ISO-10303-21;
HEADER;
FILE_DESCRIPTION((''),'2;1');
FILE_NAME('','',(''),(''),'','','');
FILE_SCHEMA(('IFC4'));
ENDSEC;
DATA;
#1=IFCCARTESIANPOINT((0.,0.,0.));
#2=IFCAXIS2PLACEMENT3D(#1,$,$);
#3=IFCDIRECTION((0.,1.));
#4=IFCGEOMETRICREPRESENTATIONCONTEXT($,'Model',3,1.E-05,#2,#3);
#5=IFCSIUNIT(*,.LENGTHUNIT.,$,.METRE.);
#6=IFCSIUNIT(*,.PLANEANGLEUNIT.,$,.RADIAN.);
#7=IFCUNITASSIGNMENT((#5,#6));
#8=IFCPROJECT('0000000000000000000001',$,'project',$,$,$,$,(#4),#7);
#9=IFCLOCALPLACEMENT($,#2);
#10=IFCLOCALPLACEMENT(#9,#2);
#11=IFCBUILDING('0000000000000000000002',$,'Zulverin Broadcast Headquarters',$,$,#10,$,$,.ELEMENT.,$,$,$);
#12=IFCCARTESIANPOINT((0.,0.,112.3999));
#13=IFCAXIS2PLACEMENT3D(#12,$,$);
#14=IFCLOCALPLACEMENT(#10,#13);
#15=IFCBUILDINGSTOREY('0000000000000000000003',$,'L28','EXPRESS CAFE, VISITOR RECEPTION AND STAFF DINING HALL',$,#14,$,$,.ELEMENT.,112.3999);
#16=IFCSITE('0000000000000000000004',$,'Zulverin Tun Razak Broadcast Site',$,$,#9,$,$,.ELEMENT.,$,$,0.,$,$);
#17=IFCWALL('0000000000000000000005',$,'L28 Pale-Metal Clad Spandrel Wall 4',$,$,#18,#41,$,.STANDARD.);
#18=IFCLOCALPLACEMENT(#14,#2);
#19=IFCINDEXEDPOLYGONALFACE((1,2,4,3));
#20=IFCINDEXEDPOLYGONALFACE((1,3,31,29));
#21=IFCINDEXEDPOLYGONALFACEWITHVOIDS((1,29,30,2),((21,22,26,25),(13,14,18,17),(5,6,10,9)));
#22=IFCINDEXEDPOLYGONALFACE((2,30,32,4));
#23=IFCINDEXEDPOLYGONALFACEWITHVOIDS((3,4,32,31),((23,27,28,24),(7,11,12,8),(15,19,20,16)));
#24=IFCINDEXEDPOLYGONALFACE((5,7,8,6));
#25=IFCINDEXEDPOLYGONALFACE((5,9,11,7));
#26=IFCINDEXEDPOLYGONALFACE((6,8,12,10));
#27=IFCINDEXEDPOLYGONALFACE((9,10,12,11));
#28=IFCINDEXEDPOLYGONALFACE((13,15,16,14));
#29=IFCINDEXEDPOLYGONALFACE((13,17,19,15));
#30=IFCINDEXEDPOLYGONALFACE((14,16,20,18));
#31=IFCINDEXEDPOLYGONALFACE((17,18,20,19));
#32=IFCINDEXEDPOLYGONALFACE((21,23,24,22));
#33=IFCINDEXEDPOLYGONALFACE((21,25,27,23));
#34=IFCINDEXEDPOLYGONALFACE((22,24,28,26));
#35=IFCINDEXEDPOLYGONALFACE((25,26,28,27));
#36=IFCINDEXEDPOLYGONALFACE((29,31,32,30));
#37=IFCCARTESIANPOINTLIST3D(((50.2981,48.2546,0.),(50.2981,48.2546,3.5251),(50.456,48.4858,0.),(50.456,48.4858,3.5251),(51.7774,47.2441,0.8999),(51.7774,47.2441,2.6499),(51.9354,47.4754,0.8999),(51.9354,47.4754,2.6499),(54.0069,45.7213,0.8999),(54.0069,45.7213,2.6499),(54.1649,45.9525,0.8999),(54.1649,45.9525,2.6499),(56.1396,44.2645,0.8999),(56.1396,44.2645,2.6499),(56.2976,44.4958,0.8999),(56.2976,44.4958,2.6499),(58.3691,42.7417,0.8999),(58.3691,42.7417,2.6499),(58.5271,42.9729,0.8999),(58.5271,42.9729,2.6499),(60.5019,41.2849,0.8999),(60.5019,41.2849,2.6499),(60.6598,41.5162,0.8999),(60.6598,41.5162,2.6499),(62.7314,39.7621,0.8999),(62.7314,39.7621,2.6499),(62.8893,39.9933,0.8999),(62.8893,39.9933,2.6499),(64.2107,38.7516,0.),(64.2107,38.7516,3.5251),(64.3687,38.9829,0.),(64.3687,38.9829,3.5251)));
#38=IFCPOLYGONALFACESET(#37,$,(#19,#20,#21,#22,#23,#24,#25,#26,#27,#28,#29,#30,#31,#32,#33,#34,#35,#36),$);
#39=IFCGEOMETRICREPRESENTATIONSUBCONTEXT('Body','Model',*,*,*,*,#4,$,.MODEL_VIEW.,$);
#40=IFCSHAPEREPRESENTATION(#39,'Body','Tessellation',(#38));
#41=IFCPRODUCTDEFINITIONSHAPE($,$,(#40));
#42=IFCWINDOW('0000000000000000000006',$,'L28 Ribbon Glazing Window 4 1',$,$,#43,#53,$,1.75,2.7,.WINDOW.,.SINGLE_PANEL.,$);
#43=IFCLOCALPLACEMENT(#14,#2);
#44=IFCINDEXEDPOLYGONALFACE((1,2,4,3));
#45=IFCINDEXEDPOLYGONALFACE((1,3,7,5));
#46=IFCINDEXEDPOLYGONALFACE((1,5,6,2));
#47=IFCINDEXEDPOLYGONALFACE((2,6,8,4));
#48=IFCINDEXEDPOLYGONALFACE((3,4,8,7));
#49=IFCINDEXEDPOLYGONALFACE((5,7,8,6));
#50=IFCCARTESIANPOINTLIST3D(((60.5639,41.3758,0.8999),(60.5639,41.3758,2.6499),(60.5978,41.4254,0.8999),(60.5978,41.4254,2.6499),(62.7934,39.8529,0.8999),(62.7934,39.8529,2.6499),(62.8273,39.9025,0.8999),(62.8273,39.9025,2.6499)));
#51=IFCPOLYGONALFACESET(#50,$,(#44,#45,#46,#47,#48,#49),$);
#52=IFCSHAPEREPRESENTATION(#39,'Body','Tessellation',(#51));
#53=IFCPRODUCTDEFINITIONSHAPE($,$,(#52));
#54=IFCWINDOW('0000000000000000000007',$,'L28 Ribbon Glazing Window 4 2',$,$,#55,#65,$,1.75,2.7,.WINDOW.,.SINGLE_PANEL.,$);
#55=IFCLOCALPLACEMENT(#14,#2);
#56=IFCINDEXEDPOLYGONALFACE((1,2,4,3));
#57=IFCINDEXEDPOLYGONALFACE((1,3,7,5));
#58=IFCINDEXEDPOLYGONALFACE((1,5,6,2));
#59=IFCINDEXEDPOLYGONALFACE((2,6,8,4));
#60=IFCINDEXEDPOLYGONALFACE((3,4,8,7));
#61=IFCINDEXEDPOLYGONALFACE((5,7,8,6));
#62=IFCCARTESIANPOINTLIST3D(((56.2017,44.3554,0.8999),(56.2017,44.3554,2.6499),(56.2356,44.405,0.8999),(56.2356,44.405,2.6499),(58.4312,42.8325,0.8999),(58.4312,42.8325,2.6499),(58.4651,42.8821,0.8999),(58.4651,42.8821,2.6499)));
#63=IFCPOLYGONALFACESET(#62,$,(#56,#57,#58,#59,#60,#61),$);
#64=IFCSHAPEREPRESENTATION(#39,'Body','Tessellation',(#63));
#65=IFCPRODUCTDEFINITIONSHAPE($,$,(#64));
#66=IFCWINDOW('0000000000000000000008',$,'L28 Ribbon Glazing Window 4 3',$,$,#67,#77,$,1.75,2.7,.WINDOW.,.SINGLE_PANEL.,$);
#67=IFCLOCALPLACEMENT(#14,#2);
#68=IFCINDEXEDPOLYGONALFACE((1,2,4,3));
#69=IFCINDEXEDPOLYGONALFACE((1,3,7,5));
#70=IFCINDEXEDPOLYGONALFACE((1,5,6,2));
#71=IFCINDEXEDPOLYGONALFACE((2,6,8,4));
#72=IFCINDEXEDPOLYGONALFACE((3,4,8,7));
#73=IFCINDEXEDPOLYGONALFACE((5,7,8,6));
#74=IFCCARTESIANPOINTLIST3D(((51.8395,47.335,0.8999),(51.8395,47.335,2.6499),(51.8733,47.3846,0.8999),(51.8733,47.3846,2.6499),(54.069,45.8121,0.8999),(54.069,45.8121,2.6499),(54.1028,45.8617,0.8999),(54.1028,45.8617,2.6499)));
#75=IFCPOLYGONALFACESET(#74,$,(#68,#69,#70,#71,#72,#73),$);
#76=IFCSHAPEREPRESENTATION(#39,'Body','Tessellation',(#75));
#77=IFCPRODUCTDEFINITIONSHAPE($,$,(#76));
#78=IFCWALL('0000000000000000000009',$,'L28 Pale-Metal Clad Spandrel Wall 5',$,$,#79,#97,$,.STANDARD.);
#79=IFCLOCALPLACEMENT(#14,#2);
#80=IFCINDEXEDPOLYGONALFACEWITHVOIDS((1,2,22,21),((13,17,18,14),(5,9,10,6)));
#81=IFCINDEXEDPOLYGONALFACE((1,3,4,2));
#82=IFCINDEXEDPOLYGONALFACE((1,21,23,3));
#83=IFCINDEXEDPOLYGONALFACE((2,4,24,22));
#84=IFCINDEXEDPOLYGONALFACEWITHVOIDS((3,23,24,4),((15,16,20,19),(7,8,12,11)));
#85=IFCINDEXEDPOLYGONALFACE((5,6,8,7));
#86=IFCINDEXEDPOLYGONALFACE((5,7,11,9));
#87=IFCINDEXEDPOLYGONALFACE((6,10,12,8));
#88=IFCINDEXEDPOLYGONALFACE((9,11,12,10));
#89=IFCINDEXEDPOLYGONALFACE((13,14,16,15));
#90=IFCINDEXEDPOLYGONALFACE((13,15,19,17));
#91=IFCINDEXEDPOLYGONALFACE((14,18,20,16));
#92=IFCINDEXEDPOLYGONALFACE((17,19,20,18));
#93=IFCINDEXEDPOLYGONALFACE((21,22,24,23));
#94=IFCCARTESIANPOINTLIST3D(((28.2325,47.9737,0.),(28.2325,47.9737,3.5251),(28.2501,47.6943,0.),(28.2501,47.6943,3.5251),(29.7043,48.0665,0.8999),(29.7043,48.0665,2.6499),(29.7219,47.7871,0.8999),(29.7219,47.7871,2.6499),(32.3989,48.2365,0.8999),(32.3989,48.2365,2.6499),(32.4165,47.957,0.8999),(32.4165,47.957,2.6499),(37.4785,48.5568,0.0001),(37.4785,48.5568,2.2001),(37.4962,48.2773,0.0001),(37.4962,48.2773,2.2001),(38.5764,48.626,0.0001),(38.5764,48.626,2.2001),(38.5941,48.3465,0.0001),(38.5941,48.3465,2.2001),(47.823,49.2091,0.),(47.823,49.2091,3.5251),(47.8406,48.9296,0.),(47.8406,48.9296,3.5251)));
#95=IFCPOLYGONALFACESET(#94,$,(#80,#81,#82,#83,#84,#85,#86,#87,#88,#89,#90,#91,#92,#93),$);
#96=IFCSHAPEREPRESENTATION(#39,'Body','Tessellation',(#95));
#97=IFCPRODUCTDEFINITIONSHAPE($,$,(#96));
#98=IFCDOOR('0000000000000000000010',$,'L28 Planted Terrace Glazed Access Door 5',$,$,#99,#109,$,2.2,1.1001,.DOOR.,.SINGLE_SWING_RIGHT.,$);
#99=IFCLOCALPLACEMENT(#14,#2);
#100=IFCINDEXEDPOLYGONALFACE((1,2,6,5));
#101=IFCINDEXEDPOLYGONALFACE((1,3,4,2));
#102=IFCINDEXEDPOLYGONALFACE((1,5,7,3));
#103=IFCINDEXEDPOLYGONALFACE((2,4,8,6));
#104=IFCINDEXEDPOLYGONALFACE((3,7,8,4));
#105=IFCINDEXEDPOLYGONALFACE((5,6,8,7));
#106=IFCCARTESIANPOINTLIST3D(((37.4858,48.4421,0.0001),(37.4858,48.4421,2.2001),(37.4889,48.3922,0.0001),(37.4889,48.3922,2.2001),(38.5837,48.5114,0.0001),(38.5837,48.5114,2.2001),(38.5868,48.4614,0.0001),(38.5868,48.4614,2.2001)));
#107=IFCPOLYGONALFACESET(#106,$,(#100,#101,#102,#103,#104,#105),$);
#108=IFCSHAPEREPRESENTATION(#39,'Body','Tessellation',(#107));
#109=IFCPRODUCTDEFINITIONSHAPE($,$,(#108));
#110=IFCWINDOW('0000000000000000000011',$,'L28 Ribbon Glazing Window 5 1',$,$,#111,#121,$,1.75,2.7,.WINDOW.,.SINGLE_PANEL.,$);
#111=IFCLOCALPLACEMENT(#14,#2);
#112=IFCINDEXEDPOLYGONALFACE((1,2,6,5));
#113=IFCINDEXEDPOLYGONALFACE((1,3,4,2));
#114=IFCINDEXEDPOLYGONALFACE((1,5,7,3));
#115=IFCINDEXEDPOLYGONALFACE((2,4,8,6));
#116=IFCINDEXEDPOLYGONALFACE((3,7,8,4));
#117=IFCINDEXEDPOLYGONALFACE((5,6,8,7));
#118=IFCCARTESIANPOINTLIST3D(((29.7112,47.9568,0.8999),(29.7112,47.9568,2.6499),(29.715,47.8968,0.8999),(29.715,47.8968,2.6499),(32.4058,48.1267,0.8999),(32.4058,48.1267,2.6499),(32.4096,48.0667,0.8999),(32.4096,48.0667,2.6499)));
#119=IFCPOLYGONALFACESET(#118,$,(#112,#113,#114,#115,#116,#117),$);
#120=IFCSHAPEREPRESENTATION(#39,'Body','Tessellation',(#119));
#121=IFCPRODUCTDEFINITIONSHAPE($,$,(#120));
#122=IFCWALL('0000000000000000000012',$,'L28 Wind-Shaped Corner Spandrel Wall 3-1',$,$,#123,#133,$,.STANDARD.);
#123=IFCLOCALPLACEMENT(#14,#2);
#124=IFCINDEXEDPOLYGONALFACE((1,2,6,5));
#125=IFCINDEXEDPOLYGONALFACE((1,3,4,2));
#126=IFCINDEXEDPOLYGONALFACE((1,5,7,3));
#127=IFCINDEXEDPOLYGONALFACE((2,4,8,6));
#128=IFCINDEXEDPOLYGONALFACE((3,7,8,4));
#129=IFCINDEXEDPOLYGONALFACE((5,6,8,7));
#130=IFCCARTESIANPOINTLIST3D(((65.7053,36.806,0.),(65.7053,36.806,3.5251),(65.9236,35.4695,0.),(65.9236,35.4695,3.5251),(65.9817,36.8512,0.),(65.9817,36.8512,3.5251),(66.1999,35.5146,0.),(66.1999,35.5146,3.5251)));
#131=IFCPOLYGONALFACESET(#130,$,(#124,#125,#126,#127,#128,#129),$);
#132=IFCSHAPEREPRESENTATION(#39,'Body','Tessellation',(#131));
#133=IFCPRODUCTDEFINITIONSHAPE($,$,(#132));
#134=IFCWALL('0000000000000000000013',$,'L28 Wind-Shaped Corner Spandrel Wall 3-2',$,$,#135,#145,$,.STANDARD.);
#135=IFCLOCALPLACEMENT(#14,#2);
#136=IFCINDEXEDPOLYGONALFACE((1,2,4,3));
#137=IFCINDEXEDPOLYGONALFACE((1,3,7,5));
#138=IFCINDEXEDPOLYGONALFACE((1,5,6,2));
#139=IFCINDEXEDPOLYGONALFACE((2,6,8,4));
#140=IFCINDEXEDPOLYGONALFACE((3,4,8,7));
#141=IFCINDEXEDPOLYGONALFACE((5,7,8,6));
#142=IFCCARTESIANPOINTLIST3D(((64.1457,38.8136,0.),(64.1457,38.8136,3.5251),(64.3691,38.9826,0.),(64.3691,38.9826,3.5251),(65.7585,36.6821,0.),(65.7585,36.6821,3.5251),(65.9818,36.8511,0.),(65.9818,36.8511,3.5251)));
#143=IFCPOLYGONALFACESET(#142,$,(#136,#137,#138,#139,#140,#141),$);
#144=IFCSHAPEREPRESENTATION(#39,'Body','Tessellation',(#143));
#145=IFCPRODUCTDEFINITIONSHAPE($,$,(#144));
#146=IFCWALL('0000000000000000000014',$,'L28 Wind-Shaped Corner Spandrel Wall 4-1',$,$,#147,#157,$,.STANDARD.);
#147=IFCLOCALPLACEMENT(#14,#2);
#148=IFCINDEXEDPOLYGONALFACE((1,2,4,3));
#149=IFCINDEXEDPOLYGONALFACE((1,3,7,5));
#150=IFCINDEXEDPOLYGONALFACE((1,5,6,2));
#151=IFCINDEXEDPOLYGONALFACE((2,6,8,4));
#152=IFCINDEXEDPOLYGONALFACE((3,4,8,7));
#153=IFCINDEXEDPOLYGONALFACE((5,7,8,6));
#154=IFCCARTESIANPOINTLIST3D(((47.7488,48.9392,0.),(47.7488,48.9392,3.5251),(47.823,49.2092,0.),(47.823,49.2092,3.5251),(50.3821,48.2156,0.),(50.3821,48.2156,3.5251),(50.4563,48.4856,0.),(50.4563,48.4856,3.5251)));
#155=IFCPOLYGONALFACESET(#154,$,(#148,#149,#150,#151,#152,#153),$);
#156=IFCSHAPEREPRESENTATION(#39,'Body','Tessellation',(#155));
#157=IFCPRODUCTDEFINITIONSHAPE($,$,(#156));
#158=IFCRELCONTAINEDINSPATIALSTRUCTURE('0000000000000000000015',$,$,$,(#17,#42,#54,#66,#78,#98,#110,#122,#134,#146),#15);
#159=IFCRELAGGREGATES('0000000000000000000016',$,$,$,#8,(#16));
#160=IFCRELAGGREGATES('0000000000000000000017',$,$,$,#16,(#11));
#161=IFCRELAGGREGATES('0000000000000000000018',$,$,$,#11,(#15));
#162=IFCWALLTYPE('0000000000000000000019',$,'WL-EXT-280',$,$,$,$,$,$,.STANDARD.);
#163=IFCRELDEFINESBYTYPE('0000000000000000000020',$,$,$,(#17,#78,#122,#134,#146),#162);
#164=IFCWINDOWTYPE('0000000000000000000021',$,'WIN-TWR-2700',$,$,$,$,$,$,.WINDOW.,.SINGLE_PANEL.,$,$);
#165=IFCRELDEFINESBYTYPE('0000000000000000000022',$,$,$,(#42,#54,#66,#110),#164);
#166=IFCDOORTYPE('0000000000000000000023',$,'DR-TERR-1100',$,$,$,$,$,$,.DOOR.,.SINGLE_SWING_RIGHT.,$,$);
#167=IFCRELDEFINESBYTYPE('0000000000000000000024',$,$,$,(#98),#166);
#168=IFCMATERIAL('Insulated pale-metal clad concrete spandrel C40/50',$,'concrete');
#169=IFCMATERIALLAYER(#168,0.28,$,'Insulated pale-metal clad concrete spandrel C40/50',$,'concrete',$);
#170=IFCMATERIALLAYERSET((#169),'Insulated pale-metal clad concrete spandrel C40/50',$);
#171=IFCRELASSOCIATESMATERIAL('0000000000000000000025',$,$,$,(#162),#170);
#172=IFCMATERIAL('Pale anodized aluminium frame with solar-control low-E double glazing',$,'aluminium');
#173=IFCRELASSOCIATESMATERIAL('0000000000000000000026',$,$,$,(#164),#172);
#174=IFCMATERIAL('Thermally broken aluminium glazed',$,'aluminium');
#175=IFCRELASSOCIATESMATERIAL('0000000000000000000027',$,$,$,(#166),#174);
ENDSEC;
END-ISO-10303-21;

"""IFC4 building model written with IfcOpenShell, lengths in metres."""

from ifc_helpers import new_model, si_unit, direction, frame, frame_2d, origin, place, context, subcontext, project, spatial, rectangle, extrude, material, layer, layer_set, type_object, element, fill, save


model = new_model("IFC4")

# Units and contexts
model_context = context("Model", 3, precision=1e-05, world=origin(), true_north=direction((0.0, 1.0)))
body_context = subcontext(model_context, "Body", "Model", "MODEL_VIEW")
ifc_project = project(units=[si_unit("LENGTHUNIT", "METRE"), si_unit("PLANEANGLEUNIT", "RADIAN")], contexts=[model_context])

# Site, building, storey
site_placement = place(None, origin())
site = spatial("IfcSite", under=ifc_project, at=site_placement, Name="Zulverin Tun Razak Broadcast Site", CompositionType="ELEMENT", RefElevation=0.0)
building_placement = place(site_placement, origin())
building = spatial("IfcBuilding", under=site, at=building_placement, Name="Zulverin Broadcast Headquarters", CompositionType="ELEMENT")
storey_placement = place(building_placement, frame((0.0, 0.0, 112.3999)))
storey = spatial("IfcBuildingStorey", under=building, at=storey_placement, Name="L28", Description="EXPRESS CAFE, VISITOR RECEPTION AND STAFF DINING HALL", CompositionType="ELEMENT", Elevation=112.3999)

# Wall, openings, windows
ifc_material_1 = material(Name="Insulated pale-metal clad concrete spandrel C40/50", Category="concrete")
ifc_layer_1 = layer(ifc_material_1, 0.28, Name="Insulated pale-metal clad concrete spandrel C40/50", Category="concrete")
ifc_layer_set_1 = layer_set([ifc_layer_1], Name="Insulated pale-metal clad concrete spandrel C40/50")
wall_type = type_object("IfcWallType", Name="WL-EXT-280", PredefinedType="STANDARD", material=ifc_layer_set_1)
wall_1_placement = place(storey_placement, frame((64.2898, 38.8672, 0.0), z_axis=(0.0, 0.0, 1.0), x_axis=(-0.825756, 0.564028, 0.0)))
wall_1 = element("IfcWall", 1, at=wall_1_placement, inside=storey, type_object=wall_type, Name="L28 Pale-Metal Clad Spandrel Wall 4", PredefinedType="STANDARD", context=body_context, shape_type="SweptSolid", body=[
    extrude(rectangle(XDim=16.8484, YDim=0.28, at=frame_2d((8.4243, 0.0))), origin(), (0.0, 0.0, 1.0), 3.5251),
])
opening_1_placement = place(wall_1_placement, frame((1.7915, 0.0, 0.8999)))
opening_1 = element("IfcOpeningElement", 2, at=opening_1_placement, cuts=wall_1, PredefinedType="OPENING", context=body_context, shape_type="SweptSolid", body=[
    extrude(rectangle(XDim=2.7, YDim=1.75, at=frame_2d((1.3501, 0.875))), frame((0.0, 0.1499, 0.0), z_axis=(0.0, -1.0, 0.0), x_axis=(1.0, 0.0, 0.0)), (0.0, 0.0, 1.0), 0.3),
])
opening_2_placement = place(wall_1_placement, frame((7.0742, 0.0, 0.8999)))
opening_2 = element("IfcOpeningElement", 3, at=opening_2_placement, cuts=wall_1, PredefinedType="OPENING", context=body_context, shape_type="SweptSolid", body=[
    extrude(rectangle(XDim=2.7, YDim=1.75, at=frame_2d((1.3501, 0.875))), frame((0.0, 0.1499, 0.0), z_axis=(0.0, -1.0, 0.0), x_axis=(1.0, 0.0, 0.0)), (0.0, 0.0, 1.0), 0.3),
])
opening_3_placement = place(wall_1_placement, frame((12.3569, 0.0, 0.8999)))
opening_3 = element("IfcOpeningElement", 4, at=opening_3_placement, cuts=wall_1, PredefinedType="OPENING", context=body_context, shape_type="SweptSolid", body=[
    extrude(rectangle(XDim=2.7, YDim=1.75, at=frame_2d((1.3501, 0.875))), frame((0.0, 0.1499, 0.0), z_axis=(0.0, -1.0, 0.0), x_axis=(1.0, 0.0, 0.0)), (0.0, 0.0, 1.0), 0.3),
])
ifc_material_2 = material(Name="Pale anodized aluminium frame with solar-control low-E double glazing", Category="aluminium")
window_type = type_object("IfcWindowType", Name="WIN-TWR-2700", PartitioningType="SINGLE_PANEL", PredefinedType="WINDOW", material=ifc_material_2)
window_1_placement = place(opening_1_placement, origin())
window_1 = element("IfcWindow", 5, at=window_1_placement, inside=storey, type_object=window_type, Name="L28 Ribbon Glazing Window 4 1", OverallHeight=1.75, OverallWidth=2.7, PartitioningType="SINGLE_PANEL", PredefinedType="WINDOW", context=body_context, shape_type="SweptSolid", body=[
    extrude(rectangle(XDim=2.7, YDim=1.75, at=frame_2d((1.3501, 0.875))), frame((0.0, 0.03, 0.0), z_axis=(0.0, -1.0, 0.0), x_axis=(1.0, 0.0, 0.0)), (0.0, 0.0, 1.0), 0.0601),
])
fill(opening_1, window_1)
window_2_placement = place(opening_2_placement, origin())
window_2 = element("IfcWindow", 6, at=window_2_placement, inside=storey, type_object=window_type, Name="L28 Ribbon Glazing Window 4 2", OverallHeight=1.75, OverallWidth=2.7, PartitioningType="SINGLE_PANEL", PredefinedType="WINDOW", context=body_context, shape_type="SweptSolid", body=[
    extrude(rectangle(XDim=2.7, YDim=1.75, at=frame_2d((1.3501, 0.875))), frame((0.0, 0.03, 0.0), z_axis=(0.0, -1.0, 0.0), x_axis=(1.0, 0.0, 0.0)), (0.0, 0.0, 1.0), 0.0601),
])
fill(opening_2, window_2)
window_3_placement = place(opening_3_placement, origin())
window_3 = element("IfcWindow", 7, at=window_3_placement, inside=storey, type_object=window_type, Name="L28 Ribbon Glazing Window 4 3", OverallHeight=1.75, OverallWidth=2.7, PartitioningType="SINGLE_PANEL", PredefinedType="WINDOW", context=body_context, shape_type="SweptSolid", body=[
    extrude(rectangle(XDim=2.7, YDim=1.75, at=frame_2d((1.3501, 0.875))), frame((0.0, 0.03, 0.0), z_axis=(0.0, -1.0, 0.0), x_axis=(1.0, 0.0, 0.0)), (0.0, 0.0, 1.0), 0.0601),
])
fill(opening_3, window_3)

# Wall, openings, door, window
wall_2_placement = place(storey_placement, frame((47.8318, 49.0693, 0.0), z_axis=(0.0, 0.0, 1.0), x_axis=(-0.998018, -0.062933, 0.0)))
wall_2 = element("IfcWall", 8, at=wall_2_placement, inside=storey, type_object=wall_type, Name="L28 Pale-Metal Clad Spandrel Wall 5", PredefinedType="STANDARD", context=body_context, shape_type="SweptSolid", body=[
    extrude(rectangle(XDim=19.6294, YDim=0.28, at=frame_2d((9.8147, 0.0))), origin(), (0.0, 0.0, 1.0), 3.5251),
])
opening_4_placement = place(wall_2_placement, frame((9.2649, 0.0, 0.0)))
opening_4 = element("IfcOpeningElement", 9, at=opening_4_placement, cuts=wall_2, PredefinedType="OPENING", context=body_context, shape_type="SweptSolid", body=[
    extrude(rectangle(XDim=1.1001, YDim=2.2, at=frame_2d((0.55, 1.1001))), frame((0.0, 0.1499, 0.0), z_axis=(0.0, -1.0, 0.0), x_axis=(1.0, 0.0, 0.0)), (0.0, 0.0, 1.0), 0.3),
])
opening_5_placement = place(wall_2_placement, frame((15.4546, 0.0, 0.8999)))
opening_5 = element("IfcOpeningElement", 10, at=opening_5_placement, cuts=wall_2, PredefinedType="OPENING", context=body_context, shape_type="SweptSolid", body=[
    extrude(rectangle(XDim=2.7, YDim=1.75, at=frame_2d((1.3501, 0.875))), frame((0.0, 0.1499, 0.0), z_axis=(0.0, -1.0, 0.0), x_axis=(1.0, 0.0, 0.0)), (0.0, 0.0, 1.0), 0.3),
])
ifc_material_3 = material(Name="Thermally broken aluminium glazed", Category="aluminium")
door_type = type_object("IfcDoorType", Name="DR-TERR-1100", OperationType="SINGLE_SWING_RIGHT", PredefinedType="DOOR", material=ifc_material_3)
door_placement = place(opening_4_placement, origin())
door = element("IfcDoor", 11, at=door_placement, inside=storey, type_object=door_type, Name="L28 Planted Terrace Glazed Access Door 5", OperationType="SINGLE_SWING_RIGHT", OverallHeight=2.2, OverallWidth=1.1001, PredefinedType="DOOR", context=body_context, shape_type="SweptSolid", body=[
    extrude(rectangle(XDim=1.1001, YDim=2.2, at=frame_2d((0.55, 1.1001))), frame((0.0, 0.0249, 0.0), z_axis=(0.0, -1.0, 0.0), x_axis=(1.0, 0.0, 0.0)), (0.0, 0.0, 1.0), 0.05),
])
fill(opening_4, door)
window_4_placement = place(opening_5_placement, origin())
window_4 = element("IfcWindow", 12, at=window_4_placement, inside=storey, type_object=window_type, Name="L28 Ribbon Glazing Window 5 1", OverallHeight=1.75, OverallWidth=2.7, PartitioningType="SINGLE_PANEL", PredefinedType="WINDOW", context=body_context, shape_type="SweptSolid", body=[
    extrude(rectangle(XDim=2.7, YDim=1.75, at=frame_2d((1.3501, 0.875))), frame((0.0, 0.03, 0.0), z_axis=(0.0, -1.0, 0.0), x_axis=(1.0, 0.0, 0.0)), (0.0, 0.0, 1.0), 0.0601),
])
fill(opening_5, window_4)

# Walls
wall_3_placement = place(storey_placement, frame((66.0618, 35.4919, 0.0), z_axis=(0.0, 0.0, 1.0), x_axis=(-0.161182, 0.986925, 0.0)))
element("IfcWall", 13, at=wall_3_placement, inside=storey, type_object=wall_type, Name="L28 Wind-Shaped Corner Spandrel Wall 3-1", PredefinedType="STANDARD", context=body_context, shape_type="SweptSolid", body=[
    extrude(rectangle(XDim=1.3542, YDim=0.28, at=frame_2d((0.6772, 0.0))), origin(), (0.0, 0.0, 1.0), 3.5251),
])
wall_4_placement = place(storey_placement, frame((65.8701, 36.7666, 0.0), z_axis=(0.0, 0.0, 1.0), x_axis=(-0.60337, 0.797461, 0.0)))
element("IfcWall", 14, at=wall_4_placement, inside=storey, type_object=wall_type, Name="L28 Wind-Shaped Corner Spandrel Wall 3-2", PredefinedType="STANDARD", context=body_context, shape_type="SweptSolid", body=[
    extrude(rectangle(XDim=2.6729, YDim=0.28, at=frame_2d((1.3364, 0.0))), origin(), (0.0, 0.0, 1.0), 3.5251),
])
wall_5_placement = place(storey_placement, frame((50.4192, 48.3506, 0.0), z_axis=(0.0, 0.0, 1.0), x_axis=(-0.964255, 0.264978, 0.0)))
element("IfcWall", 15, at=wall_5_placement, inside=storey, type_object=wall_type, Name="L28 Wind-Shaped Corner Spandrel Wall 4-1", PredefinedType="STANDARD", context=body_context, shape_type="SweptSolid", body=[
    extrude(rectangle(XDim=2.731, YDim=0.28, at=frame_2d((1.3655, 0.0))), origin(), (0.0, 0.0, 1.0), 3.5251),
])

save(model, "model.ifc")
